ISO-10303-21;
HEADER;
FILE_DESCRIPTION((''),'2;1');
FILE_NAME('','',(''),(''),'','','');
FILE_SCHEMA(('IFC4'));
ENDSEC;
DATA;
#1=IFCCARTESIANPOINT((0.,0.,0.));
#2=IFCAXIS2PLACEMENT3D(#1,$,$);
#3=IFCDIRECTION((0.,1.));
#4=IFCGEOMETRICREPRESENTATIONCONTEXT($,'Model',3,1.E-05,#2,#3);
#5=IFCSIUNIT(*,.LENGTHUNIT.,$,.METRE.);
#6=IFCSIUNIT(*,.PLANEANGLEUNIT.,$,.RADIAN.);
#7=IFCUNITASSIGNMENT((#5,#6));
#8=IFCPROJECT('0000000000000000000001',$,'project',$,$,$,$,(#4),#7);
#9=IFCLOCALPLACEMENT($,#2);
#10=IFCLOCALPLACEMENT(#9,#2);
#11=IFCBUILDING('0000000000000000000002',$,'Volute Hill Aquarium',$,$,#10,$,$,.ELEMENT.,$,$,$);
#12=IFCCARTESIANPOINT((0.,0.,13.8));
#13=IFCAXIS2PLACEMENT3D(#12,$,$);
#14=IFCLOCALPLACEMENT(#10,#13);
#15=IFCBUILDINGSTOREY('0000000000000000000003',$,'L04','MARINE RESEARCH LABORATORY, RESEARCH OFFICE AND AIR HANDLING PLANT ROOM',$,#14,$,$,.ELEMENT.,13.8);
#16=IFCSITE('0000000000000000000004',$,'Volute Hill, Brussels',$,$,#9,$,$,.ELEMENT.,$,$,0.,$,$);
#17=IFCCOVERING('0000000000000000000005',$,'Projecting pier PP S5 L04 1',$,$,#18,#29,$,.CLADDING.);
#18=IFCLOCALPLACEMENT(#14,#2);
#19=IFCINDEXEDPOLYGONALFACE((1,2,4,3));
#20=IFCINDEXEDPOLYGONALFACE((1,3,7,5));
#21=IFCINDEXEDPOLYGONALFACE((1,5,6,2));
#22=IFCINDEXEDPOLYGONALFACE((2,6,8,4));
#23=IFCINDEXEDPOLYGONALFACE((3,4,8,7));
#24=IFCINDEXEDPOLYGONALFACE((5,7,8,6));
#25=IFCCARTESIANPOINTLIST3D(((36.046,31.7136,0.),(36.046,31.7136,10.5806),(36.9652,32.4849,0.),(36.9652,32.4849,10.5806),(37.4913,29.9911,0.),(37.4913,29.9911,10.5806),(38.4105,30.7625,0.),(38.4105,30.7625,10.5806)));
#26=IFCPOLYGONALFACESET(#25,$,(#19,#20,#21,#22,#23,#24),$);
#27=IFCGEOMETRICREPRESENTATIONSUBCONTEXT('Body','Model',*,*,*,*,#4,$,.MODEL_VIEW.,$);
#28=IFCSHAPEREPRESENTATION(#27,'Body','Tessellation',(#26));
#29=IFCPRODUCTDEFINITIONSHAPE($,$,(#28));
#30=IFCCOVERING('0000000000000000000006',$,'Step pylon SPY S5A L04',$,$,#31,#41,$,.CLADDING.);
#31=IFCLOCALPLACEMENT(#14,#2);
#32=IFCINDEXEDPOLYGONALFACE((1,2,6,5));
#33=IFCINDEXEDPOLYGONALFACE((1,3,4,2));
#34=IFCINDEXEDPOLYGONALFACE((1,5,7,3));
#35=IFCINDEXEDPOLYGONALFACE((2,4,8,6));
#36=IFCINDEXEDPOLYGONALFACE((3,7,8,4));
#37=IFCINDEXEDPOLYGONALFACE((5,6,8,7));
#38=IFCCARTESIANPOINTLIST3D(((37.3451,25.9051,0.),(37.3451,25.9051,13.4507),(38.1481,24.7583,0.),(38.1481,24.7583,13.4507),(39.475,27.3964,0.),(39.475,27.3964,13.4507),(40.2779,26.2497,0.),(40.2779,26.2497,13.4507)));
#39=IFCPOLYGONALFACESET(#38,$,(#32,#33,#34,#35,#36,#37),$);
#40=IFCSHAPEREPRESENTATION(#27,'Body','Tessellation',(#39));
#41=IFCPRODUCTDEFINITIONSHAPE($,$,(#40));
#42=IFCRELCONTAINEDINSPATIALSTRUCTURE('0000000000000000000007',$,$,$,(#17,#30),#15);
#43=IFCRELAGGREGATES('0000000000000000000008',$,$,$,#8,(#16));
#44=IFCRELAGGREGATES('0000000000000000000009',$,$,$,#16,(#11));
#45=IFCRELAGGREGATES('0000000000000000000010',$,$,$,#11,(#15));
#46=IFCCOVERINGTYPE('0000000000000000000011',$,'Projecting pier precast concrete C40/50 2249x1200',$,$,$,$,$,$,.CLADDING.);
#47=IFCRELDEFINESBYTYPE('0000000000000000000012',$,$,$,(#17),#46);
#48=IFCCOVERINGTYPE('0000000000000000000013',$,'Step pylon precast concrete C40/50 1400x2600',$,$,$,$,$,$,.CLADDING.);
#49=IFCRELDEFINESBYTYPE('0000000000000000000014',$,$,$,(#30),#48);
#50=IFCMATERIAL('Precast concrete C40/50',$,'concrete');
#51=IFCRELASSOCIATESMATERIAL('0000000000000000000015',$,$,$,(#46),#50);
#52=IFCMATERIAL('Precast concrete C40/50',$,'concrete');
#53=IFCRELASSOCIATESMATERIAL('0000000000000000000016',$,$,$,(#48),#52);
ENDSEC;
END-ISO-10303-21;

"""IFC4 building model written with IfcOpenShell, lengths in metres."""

from ifc_helpers import new_model, si_unit, direction, frame, origin, origin_2d, place, context, subcontext, project, spatial, rectangle, extrude, material, type_object, element, save


model = new_model("IFC4")

# Units and contexts
model_context = context("Model", 3, precision=1e-05, world=origin(), true_north=direction((0.0, 1.0)))
body_context = subcontext(model_context, "Body", "Model", "MODEL_VIEW")
ifc_project = project(units=[si_unit("LENGTHUNIT", "METRE"), si_unit("PLANEANGLEUNIT", "RADIAN")], contexts=[model_context])

# Site, building, storey
site_placement = place(None, origin())
site = spatial("IfcSite", under=ifc_project, at=site_placement, Name="Volute Hill, Brussels", CompositionType="ELEMENT", RefElevation=0.0)
building_placement = place(site_placement, origin())
building = spatial("IfcBuilding", under=site, at=building_placement, Name="Volute Hill Aquarium", CompositionType="ELEMENT")
storey_placement = place(building_placement, frame((0.0, 0.0, 13.8)))
storey = spatial("IfcBuildingStorey", under=building, at=storey_placement, Name="L04", Description="MARINE RESEARCH LABORATORY, RESEARCH OFFICE AND AIR HANDLING PLANT ROOM", CompositionType="ELEMENT", Elevation=13.8)

# Coverings
ifc_material_1 = material(Name="Precast concrete C40/50", Category="concrete")
covering_type_1 = type_object("IfcCoveringType", Name="Projecting pier precast concrete C40/50 2249x1200", PredefinedType="CLADDING", material=ifc_material_1)
covering_1_placement = place(storey_placement, frame((37.2283, 31.238, 0.0), z_axis=(0.0, 0.0, 1.0), x_axis=(-0.642788, 0.766044, 0.0)))
element("IfcCovering", 1, at=covering_1_placement, inside=storey, type_object=covering_type_1, Name="Projecting pier PP S5 L04 1", PredefinedType="CLADDING", context=body_context, shape_type="SweptSolid", body=[
    extrude(rectangle(XDim=2.2485, YDim=1.2, at=origin_2d()), origin(), (0.0, 0.0, 1.0), 10.5806),
])
ifc_material_2 = material(Name="Precast concrete C40/50", Category="concrete")
covering_type_2 = type_object("IfcCoveringType", Name="Step pylon precast concrete C40/50 1400x2600", PredefinedType="CLADDING", material=ifc_material_2)
covering_2_placement = place(storey_placement, frame((38.8115, 26.0774, 0.0), z_axis=(0.0, 0.0, 1.0), x_axis=(0.819152, 0.573576, 0.0)))
element("IfcCovering", 2, at=covering_2_placement, inside=storey, type_object=covering_type_2, Name="Step pylon SPY S5A L04", PredefinedType="CLADDING", context=body_context, shape_type="SweptSolid", body=[
    extrude(rectangle(XDim=2.6001, YDim=1.3999, at=origin_2d()), origin(), (0.0, 0.0, 1.0), 13.4507),
])

save(model, "model.ifc")
